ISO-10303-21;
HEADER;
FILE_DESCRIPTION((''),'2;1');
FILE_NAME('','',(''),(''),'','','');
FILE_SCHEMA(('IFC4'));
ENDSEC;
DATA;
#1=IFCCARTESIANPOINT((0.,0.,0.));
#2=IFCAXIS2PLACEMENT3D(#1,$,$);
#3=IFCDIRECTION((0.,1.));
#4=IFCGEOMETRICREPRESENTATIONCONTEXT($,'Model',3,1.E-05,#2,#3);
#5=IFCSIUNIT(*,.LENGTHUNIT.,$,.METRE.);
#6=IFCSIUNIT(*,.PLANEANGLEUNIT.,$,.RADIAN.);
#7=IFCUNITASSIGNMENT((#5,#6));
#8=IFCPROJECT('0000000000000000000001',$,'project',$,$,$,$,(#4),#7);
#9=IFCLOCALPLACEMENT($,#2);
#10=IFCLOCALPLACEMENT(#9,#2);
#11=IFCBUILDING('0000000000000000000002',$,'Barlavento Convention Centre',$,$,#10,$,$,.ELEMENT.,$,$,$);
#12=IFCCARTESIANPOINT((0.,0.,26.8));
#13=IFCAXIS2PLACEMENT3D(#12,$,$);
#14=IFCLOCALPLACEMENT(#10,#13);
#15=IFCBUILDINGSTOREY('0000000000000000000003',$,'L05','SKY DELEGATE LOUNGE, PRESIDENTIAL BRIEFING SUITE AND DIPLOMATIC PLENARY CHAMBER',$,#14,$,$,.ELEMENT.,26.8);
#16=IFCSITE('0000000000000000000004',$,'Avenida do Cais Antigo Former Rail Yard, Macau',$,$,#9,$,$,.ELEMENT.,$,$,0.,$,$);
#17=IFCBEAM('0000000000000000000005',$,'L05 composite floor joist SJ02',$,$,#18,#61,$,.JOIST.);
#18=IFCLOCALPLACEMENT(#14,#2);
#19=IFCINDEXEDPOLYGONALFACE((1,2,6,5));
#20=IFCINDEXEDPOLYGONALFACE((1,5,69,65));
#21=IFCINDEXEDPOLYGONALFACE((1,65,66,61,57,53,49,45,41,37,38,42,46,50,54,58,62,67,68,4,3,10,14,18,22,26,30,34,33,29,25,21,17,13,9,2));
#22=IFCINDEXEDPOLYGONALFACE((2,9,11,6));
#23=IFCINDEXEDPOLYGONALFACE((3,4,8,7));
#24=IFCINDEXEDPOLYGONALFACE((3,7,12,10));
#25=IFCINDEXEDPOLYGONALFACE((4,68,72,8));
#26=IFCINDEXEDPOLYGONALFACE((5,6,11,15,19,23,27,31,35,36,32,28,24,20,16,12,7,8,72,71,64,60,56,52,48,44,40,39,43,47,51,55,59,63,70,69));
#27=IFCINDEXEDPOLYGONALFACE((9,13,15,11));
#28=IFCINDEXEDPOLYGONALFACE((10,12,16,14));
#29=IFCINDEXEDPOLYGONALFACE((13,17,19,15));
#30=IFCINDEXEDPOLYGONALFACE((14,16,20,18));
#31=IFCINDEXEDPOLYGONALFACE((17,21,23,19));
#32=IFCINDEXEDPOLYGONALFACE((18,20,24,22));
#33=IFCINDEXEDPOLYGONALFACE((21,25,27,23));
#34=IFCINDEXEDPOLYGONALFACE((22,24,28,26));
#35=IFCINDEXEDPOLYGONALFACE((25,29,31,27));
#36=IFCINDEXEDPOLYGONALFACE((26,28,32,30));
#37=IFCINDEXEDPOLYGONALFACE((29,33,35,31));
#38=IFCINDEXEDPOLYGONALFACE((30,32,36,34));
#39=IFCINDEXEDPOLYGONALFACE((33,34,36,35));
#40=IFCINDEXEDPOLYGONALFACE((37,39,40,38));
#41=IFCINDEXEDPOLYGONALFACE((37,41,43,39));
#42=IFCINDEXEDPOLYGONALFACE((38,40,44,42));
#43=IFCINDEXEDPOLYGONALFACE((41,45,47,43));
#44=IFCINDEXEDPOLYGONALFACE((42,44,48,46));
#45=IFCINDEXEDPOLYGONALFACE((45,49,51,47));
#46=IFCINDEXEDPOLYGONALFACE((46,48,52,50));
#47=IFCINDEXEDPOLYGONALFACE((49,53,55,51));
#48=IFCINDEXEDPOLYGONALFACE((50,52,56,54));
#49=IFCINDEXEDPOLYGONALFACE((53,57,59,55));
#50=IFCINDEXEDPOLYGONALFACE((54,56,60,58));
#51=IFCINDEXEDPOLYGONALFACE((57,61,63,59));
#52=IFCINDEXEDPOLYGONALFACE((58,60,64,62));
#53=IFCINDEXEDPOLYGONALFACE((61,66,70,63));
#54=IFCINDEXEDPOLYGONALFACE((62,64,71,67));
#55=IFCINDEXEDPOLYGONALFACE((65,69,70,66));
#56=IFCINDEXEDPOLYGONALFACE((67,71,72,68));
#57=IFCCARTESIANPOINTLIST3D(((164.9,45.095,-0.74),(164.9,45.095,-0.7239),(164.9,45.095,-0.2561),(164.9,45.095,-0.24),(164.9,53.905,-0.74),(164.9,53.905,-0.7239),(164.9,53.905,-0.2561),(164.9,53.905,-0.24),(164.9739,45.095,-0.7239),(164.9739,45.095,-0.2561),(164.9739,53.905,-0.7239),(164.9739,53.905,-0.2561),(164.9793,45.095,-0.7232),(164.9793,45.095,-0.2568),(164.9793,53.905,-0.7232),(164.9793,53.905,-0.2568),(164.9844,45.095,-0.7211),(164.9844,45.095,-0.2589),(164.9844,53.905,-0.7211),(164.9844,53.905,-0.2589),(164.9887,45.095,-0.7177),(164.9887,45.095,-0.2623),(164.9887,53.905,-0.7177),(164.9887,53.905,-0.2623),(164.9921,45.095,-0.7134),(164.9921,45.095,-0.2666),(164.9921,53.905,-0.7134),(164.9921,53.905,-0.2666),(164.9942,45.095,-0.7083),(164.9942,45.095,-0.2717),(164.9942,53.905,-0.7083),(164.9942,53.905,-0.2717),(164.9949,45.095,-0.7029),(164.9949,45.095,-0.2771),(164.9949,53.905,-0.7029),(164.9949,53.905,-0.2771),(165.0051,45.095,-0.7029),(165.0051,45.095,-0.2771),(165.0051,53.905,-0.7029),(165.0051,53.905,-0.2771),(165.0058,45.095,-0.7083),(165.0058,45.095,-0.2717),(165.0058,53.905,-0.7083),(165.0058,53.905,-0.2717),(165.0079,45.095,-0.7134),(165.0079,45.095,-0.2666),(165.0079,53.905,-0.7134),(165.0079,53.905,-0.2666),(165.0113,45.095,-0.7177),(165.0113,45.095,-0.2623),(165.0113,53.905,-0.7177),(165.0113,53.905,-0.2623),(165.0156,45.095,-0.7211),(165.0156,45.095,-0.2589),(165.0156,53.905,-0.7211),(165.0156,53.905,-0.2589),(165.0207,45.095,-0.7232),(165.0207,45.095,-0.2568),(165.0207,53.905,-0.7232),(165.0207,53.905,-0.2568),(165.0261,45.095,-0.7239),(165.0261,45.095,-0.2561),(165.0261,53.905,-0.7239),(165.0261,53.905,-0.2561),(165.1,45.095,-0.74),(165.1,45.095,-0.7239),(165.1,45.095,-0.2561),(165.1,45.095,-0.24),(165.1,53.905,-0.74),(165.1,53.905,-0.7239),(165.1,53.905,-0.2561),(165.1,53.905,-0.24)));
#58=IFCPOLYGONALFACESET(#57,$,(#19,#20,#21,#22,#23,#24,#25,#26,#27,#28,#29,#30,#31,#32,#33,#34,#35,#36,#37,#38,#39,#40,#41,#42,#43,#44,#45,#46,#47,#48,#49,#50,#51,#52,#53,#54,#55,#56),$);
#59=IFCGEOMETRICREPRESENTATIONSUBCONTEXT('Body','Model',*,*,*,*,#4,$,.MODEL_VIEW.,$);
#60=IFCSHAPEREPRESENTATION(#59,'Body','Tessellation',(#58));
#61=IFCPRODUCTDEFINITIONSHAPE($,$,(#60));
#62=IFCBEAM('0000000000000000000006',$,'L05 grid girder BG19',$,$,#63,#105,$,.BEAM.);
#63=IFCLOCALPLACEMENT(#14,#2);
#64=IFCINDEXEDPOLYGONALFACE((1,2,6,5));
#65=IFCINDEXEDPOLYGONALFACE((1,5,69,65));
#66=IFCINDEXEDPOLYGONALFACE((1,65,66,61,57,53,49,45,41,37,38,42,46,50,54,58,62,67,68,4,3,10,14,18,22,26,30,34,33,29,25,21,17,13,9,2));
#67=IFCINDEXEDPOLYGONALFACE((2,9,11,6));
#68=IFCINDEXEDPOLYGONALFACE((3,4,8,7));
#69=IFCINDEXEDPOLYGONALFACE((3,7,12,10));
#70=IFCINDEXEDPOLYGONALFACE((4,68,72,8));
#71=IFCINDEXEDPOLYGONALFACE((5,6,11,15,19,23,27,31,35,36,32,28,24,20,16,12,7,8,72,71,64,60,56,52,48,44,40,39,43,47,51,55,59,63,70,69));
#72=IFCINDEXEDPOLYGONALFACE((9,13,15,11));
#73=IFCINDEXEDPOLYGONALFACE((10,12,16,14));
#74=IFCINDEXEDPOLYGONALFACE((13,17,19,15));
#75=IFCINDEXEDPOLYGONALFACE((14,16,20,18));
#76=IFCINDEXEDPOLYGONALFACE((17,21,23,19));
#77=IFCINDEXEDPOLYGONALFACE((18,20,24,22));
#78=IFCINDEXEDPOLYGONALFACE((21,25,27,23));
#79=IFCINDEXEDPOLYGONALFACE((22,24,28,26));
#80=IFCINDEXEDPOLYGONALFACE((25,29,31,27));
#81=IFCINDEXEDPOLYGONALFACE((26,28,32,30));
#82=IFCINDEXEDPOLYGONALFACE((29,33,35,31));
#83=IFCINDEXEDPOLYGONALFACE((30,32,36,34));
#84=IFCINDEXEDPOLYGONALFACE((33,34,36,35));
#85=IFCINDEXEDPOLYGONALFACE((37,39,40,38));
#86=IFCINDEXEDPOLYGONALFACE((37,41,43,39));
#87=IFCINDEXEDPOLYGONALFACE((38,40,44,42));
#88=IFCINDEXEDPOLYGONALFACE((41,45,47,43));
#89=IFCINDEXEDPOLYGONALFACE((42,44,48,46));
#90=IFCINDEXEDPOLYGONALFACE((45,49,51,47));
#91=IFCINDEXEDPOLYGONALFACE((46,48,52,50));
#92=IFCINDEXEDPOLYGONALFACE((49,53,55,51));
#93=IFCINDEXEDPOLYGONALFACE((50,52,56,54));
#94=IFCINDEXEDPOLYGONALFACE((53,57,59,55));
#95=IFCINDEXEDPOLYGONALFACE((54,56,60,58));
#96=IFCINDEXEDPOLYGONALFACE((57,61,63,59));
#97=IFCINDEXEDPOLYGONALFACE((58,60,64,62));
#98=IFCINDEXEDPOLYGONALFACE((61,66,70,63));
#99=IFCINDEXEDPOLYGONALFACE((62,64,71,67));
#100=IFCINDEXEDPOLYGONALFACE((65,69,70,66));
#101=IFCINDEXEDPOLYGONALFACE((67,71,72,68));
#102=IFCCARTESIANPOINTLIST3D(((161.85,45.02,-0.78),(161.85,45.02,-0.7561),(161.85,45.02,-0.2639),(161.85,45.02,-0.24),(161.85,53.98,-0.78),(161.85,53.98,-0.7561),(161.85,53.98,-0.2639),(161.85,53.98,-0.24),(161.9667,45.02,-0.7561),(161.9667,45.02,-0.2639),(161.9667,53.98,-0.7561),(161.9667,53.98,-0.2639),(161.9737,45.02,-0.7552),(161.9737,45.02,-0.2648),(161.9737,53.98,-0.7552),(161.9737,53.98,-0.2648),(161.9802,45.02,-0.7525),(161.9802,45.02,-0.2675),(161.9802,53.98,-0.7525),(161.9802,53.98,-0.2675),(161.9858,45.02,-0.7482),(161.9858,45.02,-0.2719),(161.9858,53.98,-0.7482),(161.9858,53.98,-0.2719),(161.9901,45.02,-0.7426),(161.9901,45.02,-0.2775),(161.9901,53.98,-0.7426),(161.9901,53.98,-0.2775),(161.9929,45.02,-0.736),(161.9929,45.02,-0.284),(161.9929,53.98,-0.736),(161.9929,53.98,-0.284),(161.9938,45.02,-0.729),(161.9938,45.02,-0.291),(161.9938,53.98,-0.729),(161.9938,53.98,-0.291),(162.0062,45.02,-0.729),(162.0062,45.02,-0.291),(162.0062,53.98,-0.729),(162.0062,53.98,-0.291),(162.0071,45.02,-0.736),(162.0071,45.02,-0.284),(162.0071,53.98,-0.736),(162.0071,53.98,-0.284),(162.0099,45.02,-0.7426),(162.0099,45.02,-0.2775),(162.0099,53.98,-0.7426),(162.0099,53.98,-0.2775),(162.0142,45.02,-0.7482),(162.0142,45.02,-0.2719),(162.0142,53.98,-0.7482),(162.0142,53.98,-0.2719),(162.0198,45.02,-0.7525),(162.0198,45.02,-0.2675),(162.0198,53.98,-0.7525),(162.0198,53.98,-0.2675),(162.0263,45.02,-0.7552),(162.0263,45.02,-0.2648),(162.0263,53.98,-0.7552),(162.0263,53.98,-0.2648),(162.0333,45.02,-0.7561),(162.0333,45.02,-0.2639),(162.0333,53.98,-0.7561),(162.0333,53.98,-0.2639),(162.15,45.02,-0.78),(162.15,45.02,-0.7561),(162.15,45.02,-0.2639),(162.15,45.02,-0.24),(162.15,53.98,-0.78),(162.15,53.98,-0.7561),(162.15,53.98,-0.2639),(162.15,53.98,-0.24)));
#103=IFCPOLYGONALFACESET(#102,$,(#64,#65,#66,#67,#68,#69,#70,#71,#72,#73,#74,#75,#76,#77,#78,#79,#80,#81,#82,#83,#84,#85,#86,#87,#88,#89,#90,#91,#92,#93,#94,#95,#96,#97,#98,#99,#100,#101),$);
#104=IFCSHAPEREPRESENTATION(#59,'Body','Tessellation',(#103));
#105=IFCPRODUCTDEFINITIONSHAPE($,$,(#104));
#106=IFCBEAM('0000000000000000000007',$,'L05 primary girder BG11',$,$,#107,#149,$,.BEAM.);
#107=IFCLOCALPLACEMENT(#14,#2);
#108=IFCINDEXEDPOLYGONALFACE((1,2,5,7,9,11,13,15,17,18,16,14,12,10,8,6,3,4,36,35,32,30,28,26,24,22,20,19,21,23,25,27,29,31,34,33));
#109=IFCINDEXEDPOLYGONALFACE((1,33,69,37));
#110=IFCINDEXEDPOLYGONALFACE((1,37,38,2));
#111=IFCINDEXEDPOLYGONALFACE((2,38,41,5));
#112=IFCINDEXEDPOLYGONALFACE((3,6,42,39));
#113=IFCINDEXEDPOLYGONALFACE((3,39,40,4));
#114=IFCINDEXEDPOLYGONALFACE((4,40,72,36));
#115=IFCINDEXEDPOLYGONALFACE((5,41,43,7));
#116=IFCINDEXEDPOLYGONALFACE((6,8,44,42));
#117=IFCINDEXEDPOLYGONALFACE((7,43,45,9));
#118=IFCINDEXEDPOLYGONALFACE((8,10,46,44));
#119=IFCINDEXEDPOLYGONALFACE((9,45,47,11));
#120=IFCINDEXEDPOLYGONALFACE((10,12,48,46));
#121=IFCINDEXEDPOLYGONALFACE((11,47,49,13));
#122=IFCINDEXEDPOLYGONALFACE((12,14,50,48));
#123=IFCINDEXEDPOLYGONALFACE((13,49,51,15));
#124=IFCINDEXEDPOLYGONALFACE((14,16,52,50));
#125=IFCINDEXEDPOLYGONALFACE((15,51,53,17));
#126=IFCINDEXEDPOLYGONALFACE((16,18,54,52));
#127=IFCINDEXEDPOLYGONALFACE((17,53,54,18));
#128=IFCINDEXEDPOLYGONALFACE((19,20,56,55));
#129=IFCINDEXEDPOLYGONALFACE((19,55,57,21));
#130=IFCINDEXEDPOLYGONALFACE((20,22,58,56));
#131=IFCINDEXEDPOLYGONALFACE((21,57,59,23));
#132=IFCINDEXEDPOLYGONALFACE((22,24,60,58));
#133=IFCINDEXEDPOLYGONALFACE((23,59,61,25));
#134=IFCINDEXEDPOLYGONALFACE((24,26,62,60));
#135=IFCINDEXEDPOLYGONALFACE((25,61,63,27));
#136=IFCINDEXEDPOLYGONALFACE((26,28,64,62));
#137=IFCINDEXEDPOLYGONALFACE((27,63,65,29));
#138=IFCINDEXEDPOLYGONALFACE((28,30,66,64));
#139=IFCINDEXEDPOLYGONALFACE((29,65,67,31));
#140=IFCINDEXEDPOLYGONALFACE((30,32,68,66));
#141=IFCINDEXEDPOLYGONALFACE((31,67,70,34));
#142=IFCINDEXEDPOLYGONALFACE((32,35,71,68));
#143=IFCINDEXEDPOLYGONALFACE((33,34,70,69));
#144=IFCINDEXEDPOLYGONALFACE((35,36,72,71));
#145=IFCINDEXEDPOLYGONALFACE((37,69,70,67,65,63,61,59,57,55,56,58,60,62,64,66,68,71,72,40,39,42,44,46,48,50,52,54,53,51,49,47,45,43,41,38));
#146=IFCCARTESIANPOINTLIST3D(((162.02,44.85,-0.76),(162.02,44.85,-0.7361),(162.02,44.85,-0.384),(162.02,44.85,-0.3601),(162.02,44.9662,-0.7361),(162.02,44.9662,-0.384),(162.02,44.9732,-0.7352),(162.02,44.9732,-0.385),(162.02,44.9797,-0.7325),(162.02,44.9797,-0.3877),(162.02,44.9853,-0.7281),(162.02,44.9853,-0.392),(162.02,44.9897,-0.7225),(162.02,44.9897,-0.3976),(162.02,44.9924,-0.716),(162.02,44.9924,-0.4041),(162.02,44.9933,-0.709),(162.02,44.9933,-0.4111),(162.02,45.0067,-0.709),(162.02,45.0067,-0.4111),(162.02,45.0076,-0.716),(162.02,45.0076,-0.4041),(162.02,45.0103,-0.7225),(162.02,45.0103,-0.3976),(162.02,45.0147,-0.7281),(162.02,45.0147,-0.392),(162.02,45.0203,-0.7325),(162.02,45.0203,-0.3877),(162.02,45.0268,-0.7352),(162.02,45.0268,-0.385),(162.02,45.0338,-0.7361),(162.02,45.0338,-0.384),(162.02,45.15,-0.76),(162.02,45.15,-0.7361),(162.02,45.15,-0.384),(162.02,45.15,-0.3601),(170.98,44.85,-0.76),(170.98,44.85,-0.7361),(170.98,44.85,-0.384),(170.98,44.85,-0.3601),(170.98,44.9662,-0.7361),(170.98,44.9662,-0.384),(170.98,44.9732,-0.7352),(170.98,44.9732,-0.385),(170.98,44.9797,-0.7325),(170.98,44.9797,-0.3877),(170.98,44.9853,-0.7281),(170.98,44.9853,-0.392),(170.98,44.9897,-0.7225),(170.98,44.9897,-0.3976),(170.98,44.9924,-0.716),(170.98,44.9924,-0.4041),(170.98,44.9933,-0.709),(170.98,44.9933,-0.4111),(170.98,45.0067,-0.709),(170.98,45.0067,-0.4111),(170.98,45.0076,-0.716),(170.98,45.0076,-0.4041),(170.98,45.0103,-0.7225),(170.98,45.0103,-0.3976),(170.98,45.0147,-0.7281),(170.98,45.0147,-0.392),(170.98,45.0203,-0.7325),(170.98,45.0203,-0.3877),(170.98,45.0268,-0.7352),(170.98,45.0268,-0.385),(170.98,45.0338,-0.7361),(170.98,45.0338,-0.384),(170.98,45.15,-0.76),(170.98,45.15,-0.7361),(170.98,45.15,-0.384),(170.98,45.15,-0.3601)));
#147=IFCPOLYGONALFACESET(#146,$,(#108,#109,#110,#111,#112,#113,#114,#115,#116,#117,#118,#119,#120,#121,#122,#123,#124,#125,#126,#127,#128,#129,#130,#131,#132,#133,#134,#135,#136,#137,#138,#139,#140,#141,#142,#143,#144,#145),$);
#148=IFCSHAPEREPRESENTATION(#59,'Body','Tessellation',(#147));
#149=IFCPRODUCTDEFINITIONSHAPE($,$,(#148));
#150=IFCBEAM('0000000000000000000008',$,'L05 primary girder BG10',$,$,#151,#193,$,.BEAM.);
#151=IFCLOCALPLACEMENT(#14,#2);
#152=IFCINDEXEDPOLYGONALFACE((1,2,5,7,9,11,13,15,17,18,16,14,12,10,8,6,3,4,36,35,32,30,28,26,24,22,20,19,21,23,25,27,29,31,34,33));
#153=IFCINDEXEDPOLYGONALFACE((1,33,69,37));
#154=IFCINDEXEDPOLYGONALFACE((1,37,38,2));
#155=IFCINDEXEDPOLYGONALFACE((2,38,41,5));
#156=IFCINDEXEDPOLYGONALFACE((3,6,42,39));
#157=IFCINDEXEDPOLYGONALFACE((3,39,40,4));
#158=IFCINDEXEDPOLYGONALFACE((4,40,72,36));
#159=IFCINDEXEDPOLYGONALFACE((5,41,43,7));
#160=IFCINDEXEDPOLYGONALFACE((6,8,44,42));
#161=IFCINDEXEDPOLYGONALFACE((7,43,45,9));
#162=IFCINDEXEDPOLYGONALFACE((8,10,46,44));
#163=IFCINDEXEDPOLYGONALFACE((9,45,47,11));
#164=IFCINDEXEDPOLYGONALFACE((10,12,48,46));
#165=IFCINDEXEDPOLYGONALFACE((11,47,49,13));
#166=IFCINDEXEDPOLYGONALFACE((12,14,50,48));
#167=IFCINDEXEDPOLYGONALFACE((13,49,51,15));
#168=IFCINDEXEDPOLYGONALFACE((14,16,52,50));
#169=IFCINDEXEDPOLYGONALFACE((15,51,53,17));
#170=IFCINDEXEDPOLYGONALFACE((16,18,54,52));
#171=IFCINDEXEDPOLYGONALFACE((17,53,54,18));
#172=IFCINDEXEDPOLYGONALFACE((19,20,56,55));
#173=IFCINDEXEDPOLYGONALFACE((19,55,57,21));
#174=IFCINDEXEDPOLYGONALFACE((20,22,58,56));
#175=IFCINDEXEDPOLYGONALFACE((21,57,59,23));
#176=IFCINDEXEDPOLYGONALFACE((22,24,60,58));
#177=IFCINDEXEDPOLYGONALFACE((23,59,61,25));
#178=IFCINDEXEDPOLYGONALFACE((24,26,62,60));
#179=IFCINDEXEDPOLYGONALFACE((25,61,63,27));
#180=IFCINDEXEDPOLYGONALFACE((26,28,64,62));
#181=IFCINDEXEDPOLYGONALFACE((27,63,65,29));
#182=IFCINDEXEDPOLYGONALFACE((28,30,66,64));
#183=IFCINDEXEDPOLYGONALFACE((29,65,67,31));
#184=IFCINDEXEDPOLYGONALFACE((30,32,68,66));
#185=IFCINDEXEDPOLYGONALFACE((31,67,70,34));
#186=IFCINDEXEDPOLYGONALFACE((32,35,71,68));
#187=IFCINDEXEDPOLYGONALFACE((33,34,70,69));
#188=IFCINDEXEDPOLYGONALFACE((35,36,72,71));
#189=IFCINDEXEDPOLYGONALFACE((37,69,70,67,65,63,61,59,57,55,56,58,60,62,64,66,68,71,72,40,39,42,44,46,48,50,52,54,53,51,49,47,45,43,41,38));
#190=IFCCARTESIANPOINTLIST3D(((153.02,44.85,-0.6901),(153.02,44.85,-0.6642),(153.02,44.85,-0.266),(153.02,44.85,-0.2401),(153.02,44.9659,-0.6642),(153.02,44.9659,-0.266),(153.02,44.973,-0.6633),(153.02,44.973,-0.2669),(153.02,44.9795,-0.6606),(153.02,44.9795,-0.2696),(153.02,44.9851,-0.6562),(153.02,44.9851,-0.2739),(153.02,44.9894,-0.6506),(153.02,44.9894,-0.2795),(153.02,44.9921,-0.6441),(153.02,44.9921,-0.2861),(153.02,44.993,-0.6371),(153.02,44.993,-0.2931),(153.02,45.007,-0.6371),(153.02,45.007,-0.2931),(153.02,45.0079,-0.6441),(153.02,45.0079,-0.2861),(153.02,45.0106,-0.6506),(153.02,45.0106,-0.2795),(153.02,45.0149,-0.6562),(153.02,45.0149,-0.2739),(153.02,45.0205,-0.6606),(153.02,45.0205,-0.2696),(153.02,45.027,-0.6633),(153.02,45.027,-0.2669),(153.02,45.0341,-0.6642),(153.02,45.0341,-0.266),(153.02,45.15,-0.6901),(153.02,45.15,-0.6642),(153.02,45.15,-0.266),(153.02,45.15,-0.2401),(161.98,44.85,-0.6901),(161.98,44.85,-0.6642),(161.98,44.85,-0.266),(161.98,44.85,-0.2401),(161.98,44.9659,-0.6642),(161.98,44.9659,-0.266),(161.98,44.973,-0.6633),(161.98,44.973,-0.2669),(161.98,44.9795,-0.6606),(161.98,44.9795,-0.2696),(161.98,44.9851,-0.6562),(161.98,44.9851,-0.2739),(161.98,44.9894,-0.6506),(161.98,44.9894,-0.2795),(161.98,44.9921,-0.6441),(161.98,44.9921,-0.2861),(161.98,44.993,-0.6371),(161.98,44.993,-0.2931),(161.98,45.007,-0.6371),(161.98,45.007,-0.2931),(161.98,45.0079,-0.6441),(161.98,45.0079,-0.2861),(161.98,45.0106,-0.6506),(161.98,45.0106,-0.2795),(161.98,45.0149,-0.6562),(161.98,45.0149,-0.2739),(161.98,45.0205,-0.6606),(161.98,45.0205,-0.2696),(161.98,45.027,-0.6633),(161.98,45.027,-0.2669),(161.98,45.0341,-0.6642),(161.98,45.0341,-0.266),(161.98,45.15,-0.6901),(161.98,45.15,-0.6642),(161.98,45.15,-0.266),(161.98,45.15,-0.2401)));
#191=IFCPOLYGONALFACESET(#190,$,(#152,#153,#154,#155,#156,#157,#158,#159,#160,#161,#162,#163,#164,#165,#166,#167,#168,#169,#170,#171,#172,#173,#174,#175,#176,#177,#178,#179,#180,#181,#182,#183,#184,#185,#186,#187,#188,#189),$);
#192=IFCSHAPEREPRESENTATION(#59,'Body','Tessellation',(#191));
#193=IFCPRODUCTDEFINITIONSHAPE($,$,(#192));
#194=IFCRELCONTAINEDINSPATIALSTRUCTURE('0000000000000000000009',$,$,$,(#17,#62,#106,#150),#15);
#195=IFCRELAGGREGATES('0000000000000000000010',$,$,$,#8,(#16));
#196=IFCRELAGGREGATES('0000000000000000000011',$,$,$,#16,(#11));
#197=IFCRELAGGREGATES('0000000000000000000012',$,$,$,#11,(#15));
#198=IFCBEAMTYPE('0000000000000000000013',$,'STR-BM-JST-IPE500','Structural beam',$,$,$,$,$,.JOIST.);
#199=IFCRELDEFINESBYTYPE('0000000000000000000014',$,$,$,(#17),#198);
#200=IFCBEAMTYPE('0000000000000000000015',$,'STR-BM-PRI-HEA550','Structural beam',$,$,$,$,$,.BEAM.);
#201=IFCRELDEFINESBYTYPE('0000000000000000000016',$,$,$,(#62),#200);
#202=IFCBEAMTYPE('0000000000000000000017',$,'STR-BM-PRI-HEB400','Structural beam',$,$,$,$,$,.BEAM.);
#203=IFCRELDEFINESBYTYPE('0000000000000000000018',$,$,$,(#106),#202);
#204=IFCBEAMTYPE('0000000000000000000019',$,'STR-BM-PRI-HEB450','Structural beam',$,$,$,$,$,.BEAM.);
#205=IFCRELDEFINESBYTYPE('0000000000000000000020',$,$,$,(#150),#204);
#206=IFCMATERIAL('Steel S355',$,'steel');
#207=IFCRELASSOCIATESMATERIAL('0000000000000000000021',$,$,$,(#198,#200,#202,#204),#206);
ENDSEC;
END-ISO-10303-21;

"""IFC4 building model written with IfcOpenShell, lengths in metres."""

from ifc_helpers import new_model, si_unit, direction, frame, origin, origin_2d, place, context, subcontext, project, spatial, i_section, extrude, material, material_profile, profile_set, type_object, element, save


model = new_model("IFC4")

# Units and contexts
model_context = context("Model", 3, precision=1e-05, world=origin(), true_north=direction((0.0, 1.0)))
body_context = subcontext(model_context, "Body", "Model", "MODEL_VIEW")
ifc_project = project(units=[si_unit("LENGTHUNIT", "METRE"), si_unit("PLANEANGLEUNIT", "RADIAN")], contexts=[model_context])

# Site, building, storey
site_placement = place(None, origin())
site = spatial("IfcSite", under=ifc_project, at=site_placement, Name="Avenida do Cais Antigo Former Rail Yard, Macau", CompositionType="ELEMENT", RefElevation=0.0)
building_placement = place(site_placement, origin())
building = spatial("IfcBuilding", under=site, at=building_placement, Name="Barlavento Convention Centre", CompositionType="ELEMENT")
storey_placement = place(building_placement, frame((0.0, 0.0, 26.8)))
storey = spatial("IfcBuildingStorey", under=building, at=storey_placement, Name="L05", Description="SKY DELEGATE LOUNGE, PRESIDENTIAL BRIEFING SUITE AND DIPLOMATIC PLENARY CHAMBER", CompositionType="ELEMENT", Elevation=26.8)

# Beams
ifc_material_1 = material(Name="Steel S355", Category="steel")
ifc_material_profile_1 = material_profile(ifc_material_1, i_section(OverallWidth=0.2, OverallDepth=0.5, WebThickness=0.0103, FlangeThickness=0.0161, FilletRadius=0.021, at=origin_2d()), Name="IPE 500")
ifc_profile_set_1 = profile_set([ifc_material_profile_1], Name="Steel S355")
beam_type_1 = type_object("IfcBeamType", Name="STR-BM-JST-IPE500", Description="Structural beam", PredefinedType="JOIST", material=ifc_profile_set_1)
beam_1_placement = place(storey_placement, frame((165.0, 45.095, -0.49), z_axis=(0.0, 1.0, 0.0), x_axis=(-1.0, 0.0, 0.0)))
element("IfcBeam", 1, at=beam_1_placement, inside=storey, type_object=beam_type_1, Name="L05 composite floor joist SJ02", PredefinedType="JOIST", context=body_context, shape_type="SweptSolid", body=[
    extrude(i_section(OverallWidth=0.2, OverallDepth=0.5, WebThickness=0.0103, FlangeThickness=0.0161, FilletRadius=0.021, at=origin_2d()), origin(), (0.0, 0.0, 1.0), 8.8101),
])
ifc_material_profile_2 = material_profile(ifc_material_1, i_section(OverallWidth=0.3, OverallDepth=0.54, WebThickness=0.0125, FlangeThickness=0.0239, FilletRadius=0.0271, at=origin_2d()), Name="HEA 550")
ifc_profile_set_2 = profile_set([ifc_material_profile_2], Name="Steel S355")
beam_type_2 = type_object("IfcBeamType", Name="STR-BM-PRI-HEA550", Description="Structural beam", PredefinedType="BEAM", material=ifc_profile_set_2)
beam_2_placement = place(storey_placement, frame((162.0, 45.02, -0.51), z_axis=(0.0, 1.0, 0.0), x_axis=(-1.0, 0.0, 0.0)))
element("IfcBeam", 2, at=beam_2_placement, inside=storey, type_object=beam_type_2, Name="L05 grid girder BG19", PredefinedType="BEAM", context=body_context, shape_type="SweptSolid", body=[
    extrude(i_section(OverallWidth=0.3, OverallDepth=0.54, WebThickness=0.0125, FlangeThickness=0.0239, FilletRadius=0.0271, at=origin_2d()), origin(), (0.0, 0.0, 1.0), 8.96),
])
ifc_material_profile_3 = material_profile(ifc_material_1, i_section(OverallWidth=0.3, OverallDepth=0.3999, WebThickness=0.0134, FlangeThickness=0.0239, FilletRadius=0.0271, at=origin_2d()), Name="HEB 400")
ifc_profile_set_3 = profile_set([ifc_material_profile_3], Name="Steel S355")
beam_type_3 = type_object("IfcBeamType", Name="STR-BM-PRI-HEB400", Description="Structural beam", PredefinedType="BEAM", material=ifc_profile_set_3)
beam_3_placement = place(storey_placement, frame((162.02, 45.0, -0.5601), z_axis=(1.0, 0.0, 0.0), x_axis=(0.0, 1.0, 0.0)))
element("IfcBeam", 3, at=beam_3_placement, inside=storey, type_object=beam_type_3, Name="L05 primary girder BG11", PredefinedType="BEAM", context=body_context, shape_type="SweptSolid", body=[
    extrude(i_section(OverallWidth=0.3, OverallDepth=0.3999, WebThickness=0.0134, FlangeThickness=0.0239, FilletRadius=0.0271, at=origin_2d()), origin(), (0.0, 0.0, 1.0), 8.96),
])
ifc_material_profile_4 = material_profile(ifc_material_1, i_section(OverallWidth=0.3, OverallDepth=0.45, WebThickness=0.0139, FlangeThickness=0.0259, FilletRadius=0.0271, at=origin_2d()), Name="HEB 450")
ifc_profile_set_4 = profile_set([ifc_material_profile_4], Name="Steel S355")
beam_type_4 = type_object("IfcBeamType", Name="STR-BM-PRI-HEB450", Description="Structural beam", PredefinedType="BEAM", material=ifc_profile_set_4)
beam_4_placement = place(storey_placement, frame((153.02, 45.0, -0.4651), z_axis=(1.0, 0.0, 0.0), x_axis=(0.0, 1.0, 0.0)))
element("IfcBeam", 4, at=beam_4_placement, inside=storey, type_object=beam_type_4, Name="L05 primary girder BG10", PredefinedType="BEAM", context=body_context, shape_type="SweptSolid", body=[
    extrude(i_section(OverallWidth=0.3, OverallDepth=0.45, WebThickness=0.0139, FlangeThickness=0.0259, FilletRadius=0.0271, at=origin_2d()), origin(), (0.0, 0.0, 1.0), 8.96),
])

save(model, "model.ifc")
